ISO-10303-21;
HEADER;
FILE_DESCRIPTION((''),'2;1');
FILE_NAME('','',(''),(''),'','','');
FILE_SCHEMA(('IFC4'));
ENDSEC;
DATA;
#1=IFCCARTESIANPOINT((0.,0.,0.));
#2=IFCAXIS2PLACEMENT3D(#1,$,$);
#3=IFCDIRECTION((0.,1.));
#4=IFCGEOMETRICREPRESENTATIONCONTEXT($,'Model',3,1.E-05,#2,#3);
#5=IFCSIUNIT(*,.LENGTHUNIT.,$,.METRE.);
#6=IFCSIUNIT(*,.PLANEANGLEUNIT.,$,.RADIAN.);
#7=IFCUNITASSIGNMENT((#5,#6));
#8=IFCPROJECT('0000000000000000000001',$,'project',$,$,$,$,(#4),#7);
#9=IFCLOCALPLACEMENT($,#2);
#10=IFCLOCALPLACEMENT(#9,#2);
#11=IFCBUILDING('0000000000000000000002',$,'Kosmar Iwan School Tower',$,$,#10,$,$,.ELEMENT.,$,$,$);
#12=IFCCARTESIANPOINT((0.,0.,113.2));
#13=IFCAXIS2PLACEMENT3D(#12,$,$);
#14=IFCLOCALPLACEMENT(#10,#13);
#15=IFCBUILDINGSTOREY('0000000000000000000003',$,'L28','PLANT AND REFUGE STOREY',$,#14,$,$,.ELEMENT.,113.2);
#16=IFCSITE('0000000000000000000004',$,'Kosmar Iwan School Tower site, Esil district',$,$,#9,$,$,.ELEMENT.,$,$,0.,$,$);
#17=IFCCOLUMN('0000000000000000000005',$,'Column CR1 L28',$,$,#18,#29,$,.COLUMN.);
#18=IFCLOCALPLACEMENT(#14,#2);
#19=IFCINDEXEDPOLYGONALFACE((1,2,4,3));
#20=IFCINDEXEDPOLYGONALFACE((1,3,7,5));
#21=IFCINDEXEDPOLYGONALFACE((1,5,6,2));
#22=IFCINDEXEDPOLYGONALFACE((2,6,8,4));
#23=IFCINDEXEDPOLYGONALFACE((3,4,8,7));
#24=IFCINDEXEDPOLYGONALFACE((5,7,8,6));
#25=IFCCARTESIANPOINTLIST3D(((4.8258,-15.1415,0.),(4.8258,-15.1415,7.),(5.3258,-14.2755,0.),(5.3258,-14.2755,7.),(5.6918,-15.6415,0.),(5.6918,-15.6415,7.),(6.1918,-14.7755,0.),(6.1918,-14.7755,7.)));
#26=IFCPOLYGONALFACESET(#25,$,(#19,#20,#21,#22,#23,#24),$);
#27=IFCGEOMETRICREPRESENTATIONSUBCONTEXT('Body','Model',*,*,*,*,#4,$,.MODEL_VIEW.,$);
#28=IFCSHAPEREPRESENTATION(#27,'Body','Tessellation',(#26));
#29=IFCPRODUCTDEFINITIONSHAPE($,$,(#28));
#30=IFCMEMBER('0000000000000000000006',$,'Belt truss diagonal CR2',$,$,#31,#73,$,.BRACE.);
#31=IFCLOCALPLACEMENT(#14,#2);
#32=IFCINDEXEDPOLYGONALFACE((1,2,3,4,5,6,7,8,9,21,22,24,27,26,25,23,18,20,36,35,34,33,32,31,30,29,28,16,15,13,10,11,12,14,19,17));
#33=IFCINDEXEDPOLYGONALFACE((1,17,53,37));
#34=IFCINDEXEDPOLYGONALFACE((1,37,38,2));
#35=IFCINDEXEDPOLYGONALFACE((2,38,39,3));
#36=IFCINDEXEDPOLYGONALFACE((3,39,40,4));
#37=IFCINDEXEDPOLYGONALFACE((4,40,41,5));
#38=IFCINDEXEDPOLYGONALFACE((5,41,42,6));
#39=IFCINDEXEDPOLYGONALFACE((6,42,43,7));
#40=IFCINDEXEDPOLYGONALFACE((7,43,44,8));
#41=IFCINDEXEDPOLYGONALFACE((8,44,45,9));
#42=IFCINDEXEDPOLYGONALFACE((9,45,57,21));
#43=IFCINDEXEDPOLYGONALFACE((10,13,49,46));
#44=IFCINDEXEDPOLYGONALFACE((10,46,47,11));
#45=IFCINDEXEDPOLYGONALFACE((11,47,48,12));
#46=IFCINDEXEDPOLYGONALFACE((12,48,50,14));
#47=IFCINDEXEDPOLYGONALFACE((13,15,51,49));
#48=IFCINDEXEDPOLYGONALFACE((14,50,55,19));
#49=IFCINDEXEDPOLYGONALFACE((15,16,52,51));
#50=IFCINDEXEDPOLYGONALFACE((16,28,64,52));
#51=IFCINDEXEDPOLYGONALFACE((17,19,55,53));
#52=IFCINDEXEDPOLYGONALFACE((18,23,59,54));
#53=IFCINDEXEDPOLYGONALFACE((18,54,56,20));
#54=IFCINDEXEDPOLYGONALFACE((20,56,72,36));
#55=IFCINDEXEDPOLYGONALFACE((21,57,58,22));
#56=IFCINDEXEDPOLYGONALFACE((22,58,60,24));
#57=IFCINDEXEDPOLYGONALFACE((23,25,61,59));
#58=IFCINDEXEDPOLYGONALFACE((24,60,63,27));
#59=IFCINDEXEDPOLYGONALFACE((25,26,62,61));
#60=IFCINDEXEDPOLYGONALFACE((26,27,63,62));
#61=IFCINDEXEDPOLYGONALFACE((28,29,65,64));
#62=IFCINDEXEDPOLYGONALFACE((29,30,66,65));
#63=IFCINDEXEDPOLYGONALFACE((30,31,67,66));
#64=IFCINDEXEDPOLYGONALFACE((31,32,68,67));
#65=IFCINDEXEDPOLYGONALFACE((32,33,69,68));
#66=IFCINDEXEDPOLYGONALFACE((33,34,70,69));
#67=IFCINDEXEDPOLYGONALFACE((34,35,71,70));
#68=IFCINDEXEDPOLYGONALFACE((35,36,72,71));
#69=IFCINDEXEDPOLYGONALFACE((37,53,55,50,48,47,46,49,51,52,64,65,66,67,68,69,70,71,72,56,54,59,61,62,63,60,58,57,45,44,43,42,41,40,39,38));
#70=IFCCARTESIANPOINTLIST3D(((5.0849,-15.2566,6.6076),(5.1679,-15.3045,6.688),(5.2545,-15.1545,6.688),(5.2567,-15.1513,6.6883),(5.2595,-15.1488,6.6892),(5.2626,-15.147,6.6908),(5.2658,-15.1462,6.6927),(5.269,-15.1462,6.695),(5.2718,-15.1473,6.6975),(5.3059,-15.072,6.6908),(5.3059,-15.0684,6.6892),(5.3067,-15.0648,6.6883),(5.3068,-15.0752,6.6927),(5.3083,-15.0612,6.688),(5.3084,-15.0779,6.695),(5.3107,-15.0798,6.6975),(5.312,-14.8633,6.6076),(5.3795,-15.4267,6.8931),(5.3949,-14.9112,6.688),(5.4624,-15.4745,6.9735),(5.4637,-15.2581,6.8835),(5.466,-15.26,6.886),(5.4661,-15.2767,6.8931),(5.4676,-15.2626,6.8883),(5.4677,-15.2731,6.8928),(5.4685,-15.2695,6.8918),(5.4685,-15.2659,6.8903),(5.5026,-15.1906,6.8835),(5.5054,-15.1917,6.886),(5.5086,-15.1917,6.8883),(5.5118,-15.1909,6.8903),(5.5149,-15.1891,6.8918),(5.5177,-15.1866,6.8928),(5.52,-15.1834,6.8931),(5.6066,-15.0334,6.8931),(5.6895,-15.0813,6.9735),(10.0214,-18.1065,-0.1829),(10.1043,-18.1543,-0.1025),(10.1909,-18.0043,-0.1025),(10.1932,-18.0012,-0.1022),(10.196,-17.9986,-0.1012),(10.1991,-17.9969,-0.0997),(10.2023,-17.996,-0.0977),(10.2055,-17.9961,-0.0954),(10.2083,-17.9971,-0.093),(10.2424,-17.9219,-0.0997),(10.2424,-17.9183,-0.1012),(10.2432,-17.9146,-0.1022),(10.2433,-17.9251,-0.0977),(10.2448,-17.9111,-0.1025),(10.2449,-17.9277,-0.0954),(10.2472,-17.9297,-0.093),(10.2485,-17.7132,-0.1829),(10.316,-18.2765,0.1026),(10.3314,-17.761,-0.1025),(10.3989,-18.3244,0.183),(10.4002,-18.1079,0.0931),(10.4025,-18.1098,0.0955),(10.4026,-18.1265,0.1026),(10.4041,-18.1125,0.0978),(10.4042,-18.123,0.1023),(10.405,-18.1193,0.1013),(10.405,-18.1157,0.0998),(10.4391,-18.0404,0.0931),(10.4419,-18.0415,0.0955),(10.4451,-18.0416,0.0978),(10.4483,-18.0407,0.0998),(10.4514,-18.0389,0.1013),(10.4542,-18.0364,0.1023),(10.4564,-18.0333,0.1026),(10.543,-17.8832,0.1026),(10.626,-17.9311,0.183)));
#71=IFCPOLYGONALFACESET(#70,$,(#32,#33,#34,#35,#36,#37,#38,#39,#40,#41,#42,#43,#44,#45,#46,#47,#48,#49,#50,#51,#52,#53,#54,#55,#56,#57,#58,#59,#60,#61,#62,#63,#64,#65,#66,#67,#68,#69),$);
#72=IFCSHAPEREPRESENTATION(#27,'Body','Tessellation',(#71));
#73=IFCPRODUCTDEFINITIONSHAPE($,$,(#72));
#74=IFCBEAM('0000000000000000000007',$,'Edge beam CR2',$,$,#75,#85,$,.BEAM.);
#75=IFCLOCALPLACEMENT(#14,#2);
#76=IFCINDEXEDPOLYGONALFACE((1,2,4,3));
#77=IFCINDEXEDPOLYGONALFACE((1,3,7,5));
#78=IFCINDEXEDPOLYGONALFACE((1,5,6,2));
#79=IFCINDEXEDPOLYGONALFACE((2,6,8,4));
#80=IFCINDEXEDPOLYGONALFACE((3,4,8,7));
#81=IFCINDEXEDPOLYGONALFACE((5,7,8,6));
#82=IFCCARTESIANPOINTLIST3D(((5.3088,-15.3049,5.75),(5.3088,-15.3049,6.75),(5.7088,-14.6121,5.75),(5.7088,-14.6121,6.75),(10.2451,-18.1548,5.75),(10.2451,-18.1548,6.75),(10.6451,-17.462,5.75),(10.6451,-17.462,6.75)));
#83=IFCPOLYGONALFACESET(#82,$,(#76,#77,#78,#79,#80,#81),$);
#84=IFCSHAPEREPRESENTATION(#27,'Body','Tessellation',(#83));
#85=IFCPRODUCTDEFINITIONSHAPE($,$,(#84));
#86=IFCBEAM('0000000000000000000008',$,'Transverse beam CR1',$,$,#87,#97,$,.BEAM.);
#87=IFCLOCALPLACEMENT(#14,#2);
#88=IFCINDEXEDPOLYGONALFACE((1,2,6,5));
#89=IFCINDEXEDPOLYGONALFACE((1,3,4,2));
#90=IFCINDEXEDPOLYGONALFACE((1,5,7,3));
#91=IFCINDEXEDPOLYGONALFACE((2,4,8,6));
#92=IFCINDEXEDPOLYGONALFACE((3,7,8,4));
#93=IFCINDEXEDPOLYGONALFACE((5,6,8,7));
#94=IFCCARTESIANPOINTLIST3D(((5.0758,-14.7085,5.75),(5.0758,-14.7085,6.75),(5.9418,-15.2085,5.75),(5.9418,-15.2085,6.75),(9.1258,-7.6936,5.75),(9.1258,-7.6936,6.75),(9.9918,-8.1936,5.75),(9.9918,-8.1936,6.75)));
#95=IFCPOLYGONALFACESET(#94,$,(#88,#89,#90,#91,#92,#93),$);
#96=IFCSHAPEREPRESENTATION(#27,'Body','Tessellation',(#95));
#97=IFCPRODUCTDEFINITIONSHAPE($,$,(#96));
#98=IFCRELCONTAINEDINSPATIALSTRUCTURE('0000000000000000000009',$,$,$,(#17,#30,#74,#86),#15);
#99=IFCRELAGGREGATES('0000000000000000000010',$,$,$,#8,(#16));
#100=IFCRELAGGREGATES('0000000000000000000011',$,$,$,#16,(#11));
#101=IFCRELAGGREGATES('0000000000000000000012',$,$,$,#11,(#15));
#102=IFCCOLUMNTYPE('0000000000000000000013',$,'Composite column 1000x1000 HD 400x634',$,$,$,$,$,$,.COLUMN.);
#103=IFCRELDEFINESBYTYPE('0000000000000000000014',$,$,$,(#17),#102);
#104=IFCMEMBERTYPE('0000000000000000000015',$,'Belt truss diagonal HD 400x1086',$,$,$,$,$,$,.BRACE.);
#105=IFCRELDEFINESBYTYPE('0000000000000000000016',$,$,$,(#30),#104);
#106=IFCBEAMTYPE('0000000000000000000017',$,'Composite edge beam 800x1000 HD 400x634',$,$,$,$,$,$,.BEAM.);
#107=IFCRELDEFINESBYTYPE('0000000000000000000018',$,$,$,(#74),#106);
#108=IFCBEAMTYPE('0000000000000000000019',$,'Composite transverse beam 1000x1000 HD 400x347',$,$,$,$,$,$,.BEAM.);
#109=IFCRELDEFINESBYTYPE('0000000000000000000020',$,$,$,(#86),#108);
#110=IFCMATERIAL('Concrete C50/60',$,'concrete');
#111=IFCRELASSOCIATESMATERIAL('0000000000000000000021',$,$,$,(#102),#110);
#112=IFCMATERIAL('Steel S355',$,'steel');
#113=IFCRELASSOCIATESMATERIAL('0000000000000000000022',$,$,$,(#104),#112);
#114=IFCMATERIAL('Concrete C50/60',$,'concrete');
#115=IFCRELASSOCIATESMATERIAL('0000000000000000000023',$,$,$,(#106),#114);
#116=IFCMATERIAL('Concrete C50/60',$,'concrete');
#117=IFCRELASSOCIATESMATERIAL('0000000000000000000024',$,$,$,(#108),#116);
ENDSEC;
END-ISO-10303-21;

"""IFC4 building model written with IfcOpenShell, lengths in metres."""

from ifc_helpers import new_model, si_unit, direction, frame, origin, origin_2d, place, context, subcontext, project, spatial, rectangle, i_section, extrude, material, material_profile, profile_set, type_object, element, save


model = new_model("IFC4")

# Units and contexts
model_context = context("Model", 3, precision=1e-05, world=origin(), true_north=direction((0.0, 1.0)))
body_context = subcontext(model_context, "Body", "Model", "MODEL_VIEW")
ifc_project = project(units=[si_unit("LENGTHUNIT", "METRE"), si_unit("PLANEANGLEUNIT", "RADIAN")], contexts=[model_context])

# Site, building, storey
site_placement = place(None, origin())
site = spatial("IfcSite", under=ifc_project, at=site_placement, Name="Kosmar Iwan School Tower site, Esil district", CompositionType="ELEMENT", RefElevation=0.0)
building_placement = place(site_placement, origin())
building = spatial("IfcBuilding", under=site, at=building_placement, Name="Kosmar Iwan School Tower", CompositionType="ELEMENT")
storey_placement = place(building_placement, frame((0.0, 0.0, 113.2)))
storey = spatial("IfcBuildingStorey", under=building, at=storey_placement, Name="L28", Description="PLANT AND REFUGE STOREY", CompositionType="ELEMENT", Elevation=113.2)

# Column
ifc_material_1 = material(Name="Concrete C50/60", Category="concrete")
ifc_material_profile_1 = material_profile(ifc_material_1, rectangle(XDim=1.0, YDim=1.0, at=origin_2d()), Name="RC 1000x1000 + HD 400x634")
ifc_profile_set_1 = profile_set([ifc_material_profile_1], Name="Concrete C50/60")
column_type = type_object("IfcColumnType", Name="Composite column 1000x1000 HD 400x634", PredefinedType="COLUMN", material=ifc_profile_set_1)
column_placement = place(storey_placement, frame((5.5088, -14.9585, 0.0), z_axis=(0.0, 0.0, 1.0), x_axis=(0.866025, -0.5, 0.0)))
element("IfcColumn", 1, at=column_placement, inside=storey, type_object=column_type, Name="Column CR1 L28", PredefinedType="COLUMN", context=body_context, shape_type="SweptSolid", body=[
    extrude(rectangle(XDim=1.0, YDim=1.0, at=origin_2d()), origin(), (0.0, 0.0, 1.0), 7.0),
])

# Member
ifc_material_2 = material(Name="Steel S355", Category="steel")
ifc_material_profile_2 = material_profile(ifc_material_2, i_section(OverallWidth=0.4541, OverallDepth=0.5691, WebThickness=0.0779, FlangeThickness=0.125, FilletRadius=0.0149, at=origin_2d()), Name="HD 400x1086")
ifc_profile_set_2 = profile_set([ifc_material_profile_2], Name="Steel S355")
member_type = type_object("IfcMemberType", Name="Belt truss diagonal HD 400x1086", PredefinedType="BRACE", material=ifc_profile_set_2)
member_placement = place(storey_placement, frame((5.3872, -15.1689, 6.7905), z_axis=(0.556806, -0.321444, -0.765925), x_axis=(0.499967, 0.866044, 0.0)))
element("IfcMember", 2, at=member_placement, inside=storey, type_object=member_type, Name="Belt truss diagonal CR2", PredefinedType="BRACE", context=body_context, shape_type="SweptSolid", body=[
    extrude(i_section(OverallWidth=0.4541, OverallDepth=0.5691, WebThickness=0.0779, FlangeThickness=0.125, FilletRadius=0.0149, at=origin_2d()), origin(), (0.0, 0.0, 1.0), 8.8657),
])

# Beams
ifc_material_3 = material(Name="Concrete C50/60", Category="concrete")
ifc_material_profile_3 = material_profile(ifc_material_3, rectangle(XDim=0.8, YDim=1.0, at=origin_2d()), Name="RC 800x1000 + HD 400x634")
ifc_profile_set_3 = profile_set([ifc_material_profile_3], Name="Concrete C50/60")
beam_type_1 = type_object("IfcBeamType", Name="Composite edge beam 800x1000 HD 400x634", PredefinedType="BEAM", material=ifc_profile_set_3)
beam_1_placement = place(storey_placement, frame((5.5088, -14.9585, 6.25), z_axis=(0.866034, -0.499986, 0.0), x_axis=(0.499986, 0.866034, 0.0)))
element("IfcBeam", 3, at=beam_1_placement, inside=storey, type_object=beam_type_1, Name="Edge beam CR2", PredefinedType="BEAM", context=body_context, shape_type="SweptSolid", body=[
    extrude(rectangle(XDim=0.8, YDim=1.0, at=origin_2d()), origin(), (0.0, 0.0, 1.0), 5.7),
])
ifc_material_4 = material(Name="Concrete C50/60", Category="concrete")
ifc_material_profile_4 = material_profile(ifc_material_4, rectangle(XDim=1.0, YDim=1.0, at=origin_2d()), Name="RC 1000x1000 + HD 400x347")
ifc_profile_set_4 = profile_set([ifc_material_profile_4], Name="Concrete C50/60")
beam_type_2 = type_object("IfcBeamType", Name="Composite transverse beam 1000x1000 HD 400x347", PredefinedType="BEAM", material=ifc_profile_set_4)
beam_2_placement = place(storey_placement, frame((5.5088, -14.9585, 6.25), z_axis=(0.5, 0.866025, 0.0), x_axis=(-0.866025, 0.5, 0.0)))
element("IfcBeam", 4, at=beam_2_placement, inside=storey, type_object=beam_type_2, Name="Transverse beam CR1", PredefinedType="BEAM", context=body_context, shape_type="SweptSolid", body=[
    extrude(rectangle(XDim=1.0, YDim=1.0, at=origin_2d()), origin(), (0.0, 0.0, 1.0), 8.1001),
])

save(model, "model.ifc")
